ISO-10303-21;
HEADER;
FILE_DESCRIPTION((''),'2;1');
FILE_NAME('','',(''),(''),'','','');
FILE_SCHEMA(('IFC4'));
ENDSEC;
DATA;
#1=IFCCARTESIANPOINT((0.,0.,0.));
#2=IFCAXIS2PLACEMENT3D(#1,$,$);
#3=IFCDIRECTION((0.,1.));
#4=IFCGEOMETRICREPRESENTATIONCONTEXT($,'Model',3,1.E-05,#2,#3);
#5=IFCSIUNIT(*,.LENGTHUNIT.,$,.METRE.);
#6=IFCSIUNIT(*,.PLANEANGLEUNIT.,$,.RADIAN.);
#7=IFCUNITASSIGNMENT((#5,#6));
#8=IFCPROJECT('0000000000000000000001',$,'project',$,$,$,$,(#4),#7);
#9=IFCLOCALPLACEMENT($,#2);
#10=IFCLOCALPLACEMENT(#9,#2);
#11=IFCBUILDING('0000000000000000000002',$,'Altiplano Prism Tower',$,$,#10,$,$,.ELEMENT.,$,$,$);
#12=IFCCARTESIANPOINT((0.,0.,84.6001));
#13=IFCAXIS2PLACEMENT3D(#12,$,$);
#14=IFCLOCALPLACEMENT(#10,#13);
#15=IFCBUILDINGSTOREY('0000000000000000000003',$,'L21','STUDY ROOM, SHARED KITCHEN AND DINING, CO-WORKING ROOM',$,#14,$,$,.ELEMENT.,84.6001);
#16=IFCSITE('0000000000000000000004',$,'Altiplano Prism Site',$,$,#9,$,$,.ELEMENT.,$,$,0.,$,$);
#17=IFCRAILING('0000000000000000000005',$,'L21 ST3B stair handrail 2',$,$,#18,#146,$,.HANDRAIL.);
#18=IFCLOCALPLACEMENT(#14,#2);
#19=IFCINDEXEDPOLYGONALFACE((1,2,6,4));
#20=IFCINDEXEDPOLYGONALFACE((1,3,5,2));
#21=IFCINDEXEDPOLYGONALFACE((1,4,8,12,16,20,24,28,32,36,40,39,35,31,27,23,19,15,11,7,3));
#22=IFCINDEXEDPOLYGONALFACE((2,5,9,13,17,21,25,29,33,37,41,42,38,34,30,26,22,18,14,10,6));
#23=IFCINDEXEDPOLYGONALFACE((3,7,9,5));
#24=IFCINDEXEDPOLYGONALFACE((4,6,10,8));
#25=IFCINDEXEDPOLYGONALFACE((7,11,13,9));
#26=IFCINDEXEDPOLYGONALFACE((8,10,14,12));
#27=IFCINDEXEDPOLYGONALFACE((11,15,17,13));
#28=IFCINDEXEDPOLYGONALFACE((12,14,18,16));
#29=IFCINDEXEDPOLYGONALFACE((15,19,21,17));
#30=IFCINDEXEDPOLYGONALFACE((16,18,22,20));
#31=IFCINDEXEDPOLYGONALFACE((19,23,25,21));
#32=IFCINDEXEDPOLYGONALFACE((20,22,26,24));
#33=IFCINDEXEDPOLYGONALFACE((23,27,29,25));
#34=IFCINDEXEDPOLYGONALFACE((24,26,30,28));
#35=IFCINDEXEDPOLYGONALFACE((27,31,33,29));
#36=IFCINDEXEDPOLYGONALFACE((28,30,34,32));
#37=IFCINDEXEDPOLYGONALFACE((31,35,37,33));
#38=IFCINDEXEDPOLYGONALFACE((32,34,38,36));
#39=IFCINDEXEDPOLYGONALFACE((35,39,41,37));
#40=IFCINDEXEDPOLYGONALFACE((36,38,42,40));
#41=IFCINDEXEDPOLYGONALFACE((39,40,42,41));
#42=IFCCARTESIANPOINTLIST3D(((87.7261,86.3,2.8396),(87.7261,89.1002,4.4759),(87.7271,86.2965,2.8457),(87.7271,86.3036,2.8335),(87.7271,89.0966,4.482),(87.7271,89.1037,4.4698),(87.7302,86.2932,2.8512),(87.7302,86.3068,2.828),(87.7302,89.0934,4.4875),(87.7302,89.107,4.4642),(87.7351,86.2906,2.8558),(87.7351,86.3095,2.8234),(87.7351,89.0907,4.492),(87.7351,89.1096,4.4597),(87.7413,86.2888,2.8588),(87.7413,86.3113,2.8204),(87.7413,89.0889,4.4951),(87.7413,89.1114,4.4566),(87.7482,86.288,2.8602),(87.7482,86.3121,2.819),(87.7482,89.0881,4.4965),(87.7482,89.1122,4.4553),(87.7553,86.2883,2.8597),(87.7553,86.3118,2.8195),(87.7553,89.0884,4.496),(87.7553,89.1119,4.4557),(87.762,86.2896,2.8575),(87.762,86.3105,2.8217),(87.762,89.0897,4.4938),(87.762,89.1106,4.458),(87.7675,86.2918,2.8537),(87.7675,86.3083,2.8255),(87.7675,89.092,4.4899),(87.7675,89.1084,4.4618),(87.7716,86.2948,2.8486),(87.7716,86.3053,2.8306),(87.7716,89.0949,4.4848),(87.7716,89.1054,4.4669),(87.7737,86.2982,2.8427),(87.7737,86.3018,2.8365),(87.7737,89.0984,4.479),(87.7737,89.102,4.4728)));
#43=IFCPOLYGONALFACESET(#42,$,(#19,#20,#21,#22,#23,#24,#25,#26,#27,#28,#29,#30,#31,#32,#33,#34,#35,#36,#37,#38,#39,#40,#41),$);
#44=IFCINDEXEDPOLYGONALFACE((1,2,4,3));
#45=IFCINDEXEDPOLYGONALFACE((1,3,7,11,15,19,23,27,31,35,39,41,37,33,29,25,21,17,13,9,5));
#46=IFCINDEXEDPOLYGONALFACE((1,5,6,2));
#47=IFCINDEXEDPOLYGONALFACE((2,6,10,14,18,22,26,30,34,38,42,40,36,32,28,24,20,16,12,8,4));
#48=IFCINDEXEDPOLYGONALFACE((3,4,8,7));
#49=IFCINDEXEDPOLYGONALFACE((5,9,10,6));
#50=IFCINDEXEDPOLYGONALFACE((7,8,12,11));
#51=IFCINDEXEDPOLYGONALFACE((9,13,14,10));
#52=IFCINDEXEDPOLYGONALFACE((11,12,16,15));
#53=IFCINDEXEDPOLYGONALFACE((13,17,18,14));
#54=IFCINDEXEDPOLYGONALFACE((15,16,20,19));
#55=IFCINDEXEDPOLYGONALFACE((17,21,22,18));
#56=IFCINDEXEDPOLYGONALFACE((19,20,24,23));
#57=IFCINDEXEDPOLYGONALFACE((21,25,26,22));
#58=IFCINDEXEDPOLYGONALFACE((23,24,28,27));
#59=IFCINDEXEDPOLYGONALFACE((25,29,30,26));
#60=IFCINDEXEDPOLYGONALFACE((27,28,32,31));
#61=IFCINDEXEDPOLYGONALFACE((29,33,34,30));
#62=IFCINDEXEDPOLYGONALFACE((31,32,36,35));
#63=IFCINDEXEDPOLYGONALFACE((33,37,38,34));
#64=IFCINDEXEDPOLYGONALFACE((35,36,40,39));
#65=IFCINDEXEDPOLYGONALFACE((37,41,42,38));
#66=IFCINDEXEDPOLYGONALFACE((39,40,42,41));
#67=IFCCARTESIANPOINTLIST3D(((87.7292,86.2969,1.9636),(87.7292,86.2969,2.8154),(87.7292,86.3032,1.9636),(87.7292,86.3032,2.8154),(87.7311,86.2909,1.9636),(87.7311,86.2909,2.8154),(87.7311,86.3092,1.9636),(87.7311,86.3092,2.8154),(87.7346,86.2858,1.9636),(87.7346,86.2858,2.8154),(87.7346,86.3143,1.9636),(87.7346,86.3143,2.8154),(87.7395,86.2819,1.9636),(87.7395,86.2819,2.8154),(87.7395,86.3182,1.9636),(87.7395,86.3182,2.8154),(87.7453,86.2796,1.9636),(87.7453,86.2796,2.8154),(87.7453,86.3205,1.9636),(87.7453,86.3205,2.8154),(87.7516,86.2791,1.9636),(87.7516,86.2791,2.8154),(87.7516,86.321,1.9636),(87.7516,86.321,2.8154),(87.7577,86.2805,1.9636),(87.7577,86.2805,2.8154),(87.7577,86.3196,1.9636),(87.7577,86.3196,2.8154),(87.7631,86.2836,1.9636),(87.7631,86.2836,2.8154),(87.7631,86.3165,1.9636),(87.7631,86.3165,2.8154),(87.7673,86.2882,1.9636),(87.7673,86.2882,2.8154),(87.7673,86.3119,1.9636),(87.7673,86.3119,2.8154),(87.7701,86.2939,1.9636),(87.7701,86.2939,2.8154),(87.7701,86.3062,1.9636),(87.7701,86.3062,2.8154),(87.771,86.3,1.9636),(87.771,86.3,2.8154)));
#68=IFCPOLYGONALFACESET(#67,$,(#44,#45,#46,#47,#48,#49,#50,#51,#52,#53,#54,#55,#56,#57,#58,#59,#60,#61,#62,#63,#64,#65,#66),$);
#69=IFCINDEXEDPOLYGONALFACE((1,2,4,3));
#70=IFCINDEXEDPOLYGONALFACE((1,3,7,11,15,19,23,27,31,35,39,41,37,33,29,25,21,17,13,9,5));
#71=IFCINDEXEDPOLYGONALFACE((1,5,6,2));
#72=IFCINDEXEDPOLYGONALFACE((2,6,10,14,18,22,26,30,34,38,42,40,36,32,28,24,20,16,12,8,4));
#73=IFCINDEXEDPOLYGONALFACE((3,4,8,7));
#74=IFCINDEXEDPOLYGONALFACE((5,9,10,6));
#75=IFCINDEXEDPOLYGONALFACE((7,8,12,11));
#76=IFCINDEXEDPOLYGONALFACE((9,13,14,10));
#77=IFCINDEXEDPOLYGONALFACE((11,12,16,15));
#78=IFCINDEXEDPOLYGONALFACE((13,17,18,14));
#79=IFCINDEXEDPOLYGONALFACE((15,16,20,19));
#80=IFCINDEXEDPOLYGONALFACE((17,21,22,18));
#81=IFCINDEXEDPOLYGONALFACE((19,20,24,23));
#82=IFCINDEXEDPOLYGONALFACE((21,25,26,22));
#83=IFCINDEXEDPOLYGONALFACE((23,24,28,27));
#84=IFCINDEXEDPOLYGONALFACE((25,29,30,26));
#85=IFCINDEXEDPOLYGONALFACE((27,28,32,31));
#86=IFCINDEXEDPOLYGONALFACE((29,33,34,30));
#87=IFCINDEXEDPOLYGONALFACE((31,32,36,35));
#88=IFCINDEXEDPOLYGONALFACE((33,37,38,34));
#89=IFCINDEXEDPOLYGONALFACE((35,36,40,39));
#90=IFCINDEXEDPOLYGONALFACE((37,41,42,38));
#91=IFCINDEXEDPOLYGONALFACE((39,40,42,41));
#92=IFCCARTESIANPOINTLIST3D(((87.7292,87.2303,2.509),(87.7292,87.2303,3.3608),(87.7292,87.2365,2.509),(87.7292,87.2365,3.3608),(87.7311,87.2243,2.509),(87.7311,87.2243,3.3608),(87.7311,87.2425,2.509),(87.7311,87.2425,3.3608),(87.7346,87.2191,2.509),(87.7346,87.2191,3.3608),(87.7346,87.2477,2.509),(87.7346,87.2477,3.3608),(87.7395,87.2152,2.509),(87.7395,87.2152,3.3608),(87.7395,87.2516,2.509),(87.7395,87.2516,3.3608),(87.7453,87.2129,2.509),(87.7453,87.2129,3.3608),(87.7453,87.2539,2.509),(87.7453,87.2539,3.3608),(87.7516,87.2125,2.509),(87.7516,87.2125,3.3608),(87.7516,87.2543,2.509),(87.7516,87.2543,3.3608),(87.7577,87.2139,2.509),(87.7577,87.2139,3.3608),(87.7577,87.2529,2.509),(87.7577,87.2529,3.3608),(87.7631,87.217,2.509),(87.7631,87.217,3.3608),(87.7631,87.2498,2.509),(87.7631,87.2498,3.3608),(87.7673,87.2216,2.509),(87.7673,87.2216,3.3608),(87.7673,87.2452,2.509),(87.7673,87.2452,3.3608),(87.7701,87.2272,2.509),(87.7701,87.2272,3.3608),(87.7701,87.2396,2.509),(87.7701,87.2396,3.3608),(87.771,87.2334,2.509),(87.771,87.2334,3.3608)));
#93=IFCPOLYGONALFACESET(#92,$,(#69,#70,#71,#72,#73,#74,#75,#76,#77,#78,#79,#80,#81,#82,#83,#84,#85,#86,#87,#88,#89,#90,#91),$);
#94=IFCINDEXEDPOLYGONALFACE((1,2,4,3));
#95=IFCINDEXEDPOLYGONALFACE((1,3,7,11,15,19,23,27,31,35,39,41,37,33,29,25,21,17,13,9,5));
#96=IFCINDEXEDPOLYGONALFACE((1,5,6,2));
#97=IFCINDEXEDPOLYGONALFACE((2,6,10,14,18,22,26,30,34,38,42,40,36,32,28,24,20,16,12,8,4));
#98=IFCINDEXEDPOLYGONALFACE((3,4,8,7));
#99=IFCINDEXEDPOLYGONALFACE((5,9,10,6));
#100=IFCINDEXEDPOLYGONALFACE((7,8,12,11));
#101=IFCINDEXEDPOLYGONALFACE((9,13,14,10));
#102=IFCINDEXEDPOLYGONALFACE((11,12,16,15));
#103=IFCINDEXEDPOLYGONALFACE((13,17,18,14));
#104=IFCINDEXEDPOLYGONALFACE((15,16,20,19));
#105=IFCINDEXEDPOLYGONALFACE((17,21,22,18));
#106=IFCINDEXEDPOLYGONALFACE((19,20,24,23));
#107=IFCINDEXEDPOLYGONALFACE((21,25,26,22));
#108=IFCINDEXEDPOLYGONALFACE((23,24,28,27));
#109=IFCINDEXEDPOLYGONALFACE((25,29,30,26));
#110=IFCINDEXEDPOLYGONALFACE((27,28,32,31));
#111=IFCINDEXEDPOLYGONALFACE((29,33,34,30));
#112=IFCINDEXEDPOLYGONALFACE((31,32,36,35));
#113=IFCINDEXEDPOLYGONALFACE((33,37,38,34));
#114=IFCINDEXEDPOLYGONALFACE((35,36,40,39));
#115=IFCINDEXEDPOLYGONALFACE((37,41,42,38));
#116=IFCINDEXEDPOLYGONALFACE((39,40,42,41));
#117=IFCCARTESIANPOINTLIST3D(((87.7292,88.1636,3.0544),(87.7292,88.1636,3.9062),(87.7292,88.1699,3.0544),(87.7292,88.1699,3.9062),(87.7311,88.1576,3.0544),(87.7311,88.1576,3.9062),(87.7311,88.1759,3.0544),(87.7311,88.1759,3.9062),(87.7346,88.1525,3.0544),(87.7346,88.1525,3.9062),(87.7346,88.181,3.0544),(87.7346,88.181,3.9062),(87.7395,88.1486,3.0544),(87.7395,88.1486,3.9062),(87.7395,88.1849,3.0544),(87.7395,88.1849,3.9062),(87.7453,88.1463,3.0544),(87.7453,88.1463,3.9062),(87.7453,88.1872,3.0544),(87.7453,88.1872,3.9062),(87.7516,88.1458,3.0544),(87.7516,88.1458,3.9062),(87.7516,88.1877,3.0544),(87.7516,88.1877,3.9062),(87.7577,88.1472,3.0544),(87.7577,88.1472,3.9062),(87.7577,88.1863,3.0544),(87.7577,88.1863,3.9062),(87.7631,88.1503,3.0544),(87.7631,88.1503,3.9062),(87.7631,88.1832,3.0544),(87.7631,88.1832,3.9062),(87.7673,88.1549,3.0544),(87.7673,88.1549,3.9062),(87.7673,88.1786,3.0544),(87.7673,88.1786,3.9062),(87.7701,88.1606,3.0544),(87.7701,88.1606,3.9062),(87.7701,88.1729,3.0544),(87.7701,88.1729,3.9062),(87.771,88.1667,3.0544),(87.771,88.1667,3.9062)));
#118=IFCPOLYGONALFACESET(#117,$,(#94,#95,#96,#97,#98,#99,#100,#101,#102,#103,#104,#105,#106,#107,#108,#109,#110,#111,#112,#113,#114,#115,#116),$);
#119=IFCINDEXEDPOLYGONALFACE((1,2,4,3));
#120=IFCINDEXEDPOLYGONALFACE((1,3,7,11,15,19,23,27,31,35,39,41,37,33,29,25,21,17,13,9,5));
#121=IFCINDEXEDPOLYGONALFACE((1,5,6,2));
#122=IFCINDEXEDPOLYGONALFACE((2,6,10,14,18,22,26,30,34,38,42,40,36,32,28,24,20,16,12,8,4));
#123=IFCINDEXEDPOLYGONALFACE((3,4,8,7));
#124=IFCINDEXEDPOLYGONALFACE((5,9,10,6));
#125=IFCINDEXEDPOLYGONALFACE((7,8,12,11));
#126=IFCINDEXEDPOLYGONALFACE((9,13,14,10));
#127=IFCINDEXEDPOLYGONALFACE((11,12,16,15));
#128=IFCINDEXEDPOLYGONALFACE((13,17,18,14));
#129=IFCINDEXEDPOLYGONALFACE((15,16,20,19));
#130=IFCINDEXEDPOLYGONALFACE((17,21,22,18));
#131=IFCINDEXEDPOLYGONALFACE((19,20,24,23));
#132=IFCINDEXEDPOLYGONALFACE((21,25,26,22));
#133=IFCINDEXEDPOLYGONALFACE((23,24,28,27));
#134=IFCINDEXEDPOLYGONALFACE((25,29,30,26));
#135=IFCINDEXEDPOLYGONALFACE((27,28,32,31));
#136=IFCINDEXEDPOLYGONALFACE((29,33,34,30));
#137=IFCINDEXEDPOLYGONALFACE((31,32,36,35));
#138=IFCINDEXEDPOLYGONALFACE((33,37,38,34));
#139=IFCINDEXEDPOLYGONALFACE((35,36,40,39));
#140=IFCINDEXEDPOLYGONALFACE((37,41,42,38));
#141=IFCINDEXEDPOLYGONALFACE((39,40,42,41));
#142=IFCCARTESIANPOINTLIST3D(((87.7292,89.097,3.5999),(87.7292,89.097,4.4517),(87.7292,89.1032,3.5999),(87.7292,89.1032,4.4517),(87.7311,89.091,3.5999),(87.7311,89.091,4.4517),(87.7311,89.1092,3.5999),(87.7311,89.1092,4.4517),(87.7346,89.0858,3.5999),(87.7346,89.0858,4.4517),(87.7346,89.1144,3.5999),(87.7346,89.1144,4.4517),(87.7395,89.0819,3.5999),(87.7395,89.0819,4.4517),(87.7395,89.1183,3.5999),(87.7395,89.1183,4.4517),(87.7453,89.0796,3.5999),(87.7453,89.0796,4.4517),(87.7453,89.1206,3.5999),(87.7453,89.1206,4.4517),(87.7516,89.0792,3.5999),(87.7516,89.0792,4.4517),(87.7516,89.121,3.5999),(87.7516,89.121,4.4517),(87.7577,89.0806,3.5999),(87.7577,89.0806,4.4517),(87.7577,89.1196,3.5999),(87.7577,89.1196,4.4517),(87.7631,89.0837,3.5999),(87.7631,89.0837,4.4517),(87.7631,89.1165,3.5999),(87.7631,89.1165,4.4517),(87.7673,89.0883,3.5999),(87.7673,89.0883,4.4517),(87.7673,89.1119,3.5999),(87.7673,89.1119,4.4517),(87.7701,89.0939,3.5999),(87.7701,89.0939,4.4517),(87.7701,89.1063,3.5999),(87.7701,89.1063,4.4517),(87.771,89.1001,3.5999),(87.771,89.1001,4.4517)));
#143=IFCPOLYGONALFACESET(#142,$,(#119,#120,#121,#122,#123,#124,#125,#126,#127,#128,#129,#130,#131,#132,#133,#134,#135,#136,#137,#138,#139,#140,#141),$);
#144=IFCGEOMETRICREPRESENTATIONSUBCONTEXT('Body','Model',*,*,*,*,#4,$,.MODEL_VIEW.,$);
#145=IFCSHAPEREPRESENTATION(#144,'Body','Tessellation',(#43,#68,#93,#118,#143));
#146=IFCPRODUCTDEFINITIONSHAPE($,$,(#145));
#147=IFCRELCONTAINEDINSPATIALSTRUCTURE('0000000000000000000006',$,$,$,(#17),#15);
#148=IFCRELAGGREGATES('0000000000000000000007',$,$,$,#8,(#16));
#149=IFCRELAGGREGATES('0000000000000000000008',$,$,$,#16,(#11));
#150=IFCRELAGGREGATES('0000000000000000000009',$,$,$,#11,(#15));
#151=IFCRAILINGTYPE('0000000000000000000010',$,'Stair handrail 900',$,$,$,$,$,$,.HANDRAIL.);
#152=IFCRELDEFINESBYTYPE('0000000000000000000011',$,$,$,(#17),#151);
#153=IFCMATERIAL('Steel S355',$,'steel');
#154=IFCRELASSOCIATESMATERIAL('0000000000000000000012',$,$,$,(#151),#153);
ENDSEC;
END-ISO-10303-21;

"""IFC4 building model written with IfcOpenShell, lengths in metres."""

from ifc_helpers import new_model, si_unit, direction, frame, origin, origin_2d, place, context, subcontext, project, spatial, circle, extrude, material, type_object, element, save


model = new_model("IFC4")

# Units and contexts
model_context = context("Model", 3, precision=1e-05, world=origin(), true_north=direction((0.0, 1.0)))
body_context = subcontext(model_context, "Body", "Model", "MODEL_VIEW")
ifc_project = project(units=[si_unit("LENGTHUNIT", "METRE"), si_unit("PLANEANGLEUNIT", "RADIAN")], contexts=[model_context])

# Site, building, storey
site_placement = place(None, origin())
site = spatial("IfcSite", under=ifc_project, at=site_placement, Name="Altiplano Prism Site", CompositionType="ELEMENT", RefElevation=0.0)
building_placement = place(site_placement, origin())
building = spatial("IfcBuilding", under=site, at=building_placement, Name="Altiplano Prism Tower", CompositionType="ELEMENT")
storey_placement = place(building_placement, frame((0.0, 0.0, 84.6001)))
storey = spatial("IfcBuildingStorey", under=building, at=storey_placement, Name="L21", Description="STUDY ROOM, SHARED KITCHEN AND DINING, CO-WORKING ROOM", CompositionType="ELEMENT", Elevation=84.6001)

# Railing
ifc_material_1 = material(Name="Steel S355", Category="steel")
railing_type = type_object("IfcRailingType", Name="Stair handrail 900", PredefinedType="HANDRAIL", material=ifc_material_1)
for number, where, name in (
    (1, (87.75, 86.3, 1.9636), "L21 ST3B stair handrail 2"),
):
    element("IfcRailing", number, at=place(storey_placement, frame(where)), inside=storey, type_object=railing_type, Name=name, PredefinedType="HANDRAIL", context=body_context, shape_type="SweptSolid", body=[
        extrude(circle(Radius=0.0239, at=origin_2d()), frame((0.0, 0.0, 0.876), z_axis=(0.0, 0.863394, 0.504531), x_axis=(-1.0, 0.0, 0.0)), (0.0, 0.0, 1.0), 3.2432),
        extrude(circle(Radius=0.021, at=origin_2d()), origin(), (0.0, 0.0, 1.0), 0.8518),
        extrude(circle(Radius=0.021, at=origin_2d()), frame((0.0, 0.9333, 0.5454)), (0.0, 0.0, 1.0), 0.8518),
        extrude(circle(Radius=0.021, at=origin_2d()), frame((0.0, 1.8667, 1.0908)), (0.0, 0.0, 1.0), 0.8518),
        extrude(circle(Radius=0.021, at=origin_2d()), frame((0.0, 2.8, 1.6362)), (0.0, 0.0, 1.0), 0.8518),
    ])

save(model, "model.ifc")
